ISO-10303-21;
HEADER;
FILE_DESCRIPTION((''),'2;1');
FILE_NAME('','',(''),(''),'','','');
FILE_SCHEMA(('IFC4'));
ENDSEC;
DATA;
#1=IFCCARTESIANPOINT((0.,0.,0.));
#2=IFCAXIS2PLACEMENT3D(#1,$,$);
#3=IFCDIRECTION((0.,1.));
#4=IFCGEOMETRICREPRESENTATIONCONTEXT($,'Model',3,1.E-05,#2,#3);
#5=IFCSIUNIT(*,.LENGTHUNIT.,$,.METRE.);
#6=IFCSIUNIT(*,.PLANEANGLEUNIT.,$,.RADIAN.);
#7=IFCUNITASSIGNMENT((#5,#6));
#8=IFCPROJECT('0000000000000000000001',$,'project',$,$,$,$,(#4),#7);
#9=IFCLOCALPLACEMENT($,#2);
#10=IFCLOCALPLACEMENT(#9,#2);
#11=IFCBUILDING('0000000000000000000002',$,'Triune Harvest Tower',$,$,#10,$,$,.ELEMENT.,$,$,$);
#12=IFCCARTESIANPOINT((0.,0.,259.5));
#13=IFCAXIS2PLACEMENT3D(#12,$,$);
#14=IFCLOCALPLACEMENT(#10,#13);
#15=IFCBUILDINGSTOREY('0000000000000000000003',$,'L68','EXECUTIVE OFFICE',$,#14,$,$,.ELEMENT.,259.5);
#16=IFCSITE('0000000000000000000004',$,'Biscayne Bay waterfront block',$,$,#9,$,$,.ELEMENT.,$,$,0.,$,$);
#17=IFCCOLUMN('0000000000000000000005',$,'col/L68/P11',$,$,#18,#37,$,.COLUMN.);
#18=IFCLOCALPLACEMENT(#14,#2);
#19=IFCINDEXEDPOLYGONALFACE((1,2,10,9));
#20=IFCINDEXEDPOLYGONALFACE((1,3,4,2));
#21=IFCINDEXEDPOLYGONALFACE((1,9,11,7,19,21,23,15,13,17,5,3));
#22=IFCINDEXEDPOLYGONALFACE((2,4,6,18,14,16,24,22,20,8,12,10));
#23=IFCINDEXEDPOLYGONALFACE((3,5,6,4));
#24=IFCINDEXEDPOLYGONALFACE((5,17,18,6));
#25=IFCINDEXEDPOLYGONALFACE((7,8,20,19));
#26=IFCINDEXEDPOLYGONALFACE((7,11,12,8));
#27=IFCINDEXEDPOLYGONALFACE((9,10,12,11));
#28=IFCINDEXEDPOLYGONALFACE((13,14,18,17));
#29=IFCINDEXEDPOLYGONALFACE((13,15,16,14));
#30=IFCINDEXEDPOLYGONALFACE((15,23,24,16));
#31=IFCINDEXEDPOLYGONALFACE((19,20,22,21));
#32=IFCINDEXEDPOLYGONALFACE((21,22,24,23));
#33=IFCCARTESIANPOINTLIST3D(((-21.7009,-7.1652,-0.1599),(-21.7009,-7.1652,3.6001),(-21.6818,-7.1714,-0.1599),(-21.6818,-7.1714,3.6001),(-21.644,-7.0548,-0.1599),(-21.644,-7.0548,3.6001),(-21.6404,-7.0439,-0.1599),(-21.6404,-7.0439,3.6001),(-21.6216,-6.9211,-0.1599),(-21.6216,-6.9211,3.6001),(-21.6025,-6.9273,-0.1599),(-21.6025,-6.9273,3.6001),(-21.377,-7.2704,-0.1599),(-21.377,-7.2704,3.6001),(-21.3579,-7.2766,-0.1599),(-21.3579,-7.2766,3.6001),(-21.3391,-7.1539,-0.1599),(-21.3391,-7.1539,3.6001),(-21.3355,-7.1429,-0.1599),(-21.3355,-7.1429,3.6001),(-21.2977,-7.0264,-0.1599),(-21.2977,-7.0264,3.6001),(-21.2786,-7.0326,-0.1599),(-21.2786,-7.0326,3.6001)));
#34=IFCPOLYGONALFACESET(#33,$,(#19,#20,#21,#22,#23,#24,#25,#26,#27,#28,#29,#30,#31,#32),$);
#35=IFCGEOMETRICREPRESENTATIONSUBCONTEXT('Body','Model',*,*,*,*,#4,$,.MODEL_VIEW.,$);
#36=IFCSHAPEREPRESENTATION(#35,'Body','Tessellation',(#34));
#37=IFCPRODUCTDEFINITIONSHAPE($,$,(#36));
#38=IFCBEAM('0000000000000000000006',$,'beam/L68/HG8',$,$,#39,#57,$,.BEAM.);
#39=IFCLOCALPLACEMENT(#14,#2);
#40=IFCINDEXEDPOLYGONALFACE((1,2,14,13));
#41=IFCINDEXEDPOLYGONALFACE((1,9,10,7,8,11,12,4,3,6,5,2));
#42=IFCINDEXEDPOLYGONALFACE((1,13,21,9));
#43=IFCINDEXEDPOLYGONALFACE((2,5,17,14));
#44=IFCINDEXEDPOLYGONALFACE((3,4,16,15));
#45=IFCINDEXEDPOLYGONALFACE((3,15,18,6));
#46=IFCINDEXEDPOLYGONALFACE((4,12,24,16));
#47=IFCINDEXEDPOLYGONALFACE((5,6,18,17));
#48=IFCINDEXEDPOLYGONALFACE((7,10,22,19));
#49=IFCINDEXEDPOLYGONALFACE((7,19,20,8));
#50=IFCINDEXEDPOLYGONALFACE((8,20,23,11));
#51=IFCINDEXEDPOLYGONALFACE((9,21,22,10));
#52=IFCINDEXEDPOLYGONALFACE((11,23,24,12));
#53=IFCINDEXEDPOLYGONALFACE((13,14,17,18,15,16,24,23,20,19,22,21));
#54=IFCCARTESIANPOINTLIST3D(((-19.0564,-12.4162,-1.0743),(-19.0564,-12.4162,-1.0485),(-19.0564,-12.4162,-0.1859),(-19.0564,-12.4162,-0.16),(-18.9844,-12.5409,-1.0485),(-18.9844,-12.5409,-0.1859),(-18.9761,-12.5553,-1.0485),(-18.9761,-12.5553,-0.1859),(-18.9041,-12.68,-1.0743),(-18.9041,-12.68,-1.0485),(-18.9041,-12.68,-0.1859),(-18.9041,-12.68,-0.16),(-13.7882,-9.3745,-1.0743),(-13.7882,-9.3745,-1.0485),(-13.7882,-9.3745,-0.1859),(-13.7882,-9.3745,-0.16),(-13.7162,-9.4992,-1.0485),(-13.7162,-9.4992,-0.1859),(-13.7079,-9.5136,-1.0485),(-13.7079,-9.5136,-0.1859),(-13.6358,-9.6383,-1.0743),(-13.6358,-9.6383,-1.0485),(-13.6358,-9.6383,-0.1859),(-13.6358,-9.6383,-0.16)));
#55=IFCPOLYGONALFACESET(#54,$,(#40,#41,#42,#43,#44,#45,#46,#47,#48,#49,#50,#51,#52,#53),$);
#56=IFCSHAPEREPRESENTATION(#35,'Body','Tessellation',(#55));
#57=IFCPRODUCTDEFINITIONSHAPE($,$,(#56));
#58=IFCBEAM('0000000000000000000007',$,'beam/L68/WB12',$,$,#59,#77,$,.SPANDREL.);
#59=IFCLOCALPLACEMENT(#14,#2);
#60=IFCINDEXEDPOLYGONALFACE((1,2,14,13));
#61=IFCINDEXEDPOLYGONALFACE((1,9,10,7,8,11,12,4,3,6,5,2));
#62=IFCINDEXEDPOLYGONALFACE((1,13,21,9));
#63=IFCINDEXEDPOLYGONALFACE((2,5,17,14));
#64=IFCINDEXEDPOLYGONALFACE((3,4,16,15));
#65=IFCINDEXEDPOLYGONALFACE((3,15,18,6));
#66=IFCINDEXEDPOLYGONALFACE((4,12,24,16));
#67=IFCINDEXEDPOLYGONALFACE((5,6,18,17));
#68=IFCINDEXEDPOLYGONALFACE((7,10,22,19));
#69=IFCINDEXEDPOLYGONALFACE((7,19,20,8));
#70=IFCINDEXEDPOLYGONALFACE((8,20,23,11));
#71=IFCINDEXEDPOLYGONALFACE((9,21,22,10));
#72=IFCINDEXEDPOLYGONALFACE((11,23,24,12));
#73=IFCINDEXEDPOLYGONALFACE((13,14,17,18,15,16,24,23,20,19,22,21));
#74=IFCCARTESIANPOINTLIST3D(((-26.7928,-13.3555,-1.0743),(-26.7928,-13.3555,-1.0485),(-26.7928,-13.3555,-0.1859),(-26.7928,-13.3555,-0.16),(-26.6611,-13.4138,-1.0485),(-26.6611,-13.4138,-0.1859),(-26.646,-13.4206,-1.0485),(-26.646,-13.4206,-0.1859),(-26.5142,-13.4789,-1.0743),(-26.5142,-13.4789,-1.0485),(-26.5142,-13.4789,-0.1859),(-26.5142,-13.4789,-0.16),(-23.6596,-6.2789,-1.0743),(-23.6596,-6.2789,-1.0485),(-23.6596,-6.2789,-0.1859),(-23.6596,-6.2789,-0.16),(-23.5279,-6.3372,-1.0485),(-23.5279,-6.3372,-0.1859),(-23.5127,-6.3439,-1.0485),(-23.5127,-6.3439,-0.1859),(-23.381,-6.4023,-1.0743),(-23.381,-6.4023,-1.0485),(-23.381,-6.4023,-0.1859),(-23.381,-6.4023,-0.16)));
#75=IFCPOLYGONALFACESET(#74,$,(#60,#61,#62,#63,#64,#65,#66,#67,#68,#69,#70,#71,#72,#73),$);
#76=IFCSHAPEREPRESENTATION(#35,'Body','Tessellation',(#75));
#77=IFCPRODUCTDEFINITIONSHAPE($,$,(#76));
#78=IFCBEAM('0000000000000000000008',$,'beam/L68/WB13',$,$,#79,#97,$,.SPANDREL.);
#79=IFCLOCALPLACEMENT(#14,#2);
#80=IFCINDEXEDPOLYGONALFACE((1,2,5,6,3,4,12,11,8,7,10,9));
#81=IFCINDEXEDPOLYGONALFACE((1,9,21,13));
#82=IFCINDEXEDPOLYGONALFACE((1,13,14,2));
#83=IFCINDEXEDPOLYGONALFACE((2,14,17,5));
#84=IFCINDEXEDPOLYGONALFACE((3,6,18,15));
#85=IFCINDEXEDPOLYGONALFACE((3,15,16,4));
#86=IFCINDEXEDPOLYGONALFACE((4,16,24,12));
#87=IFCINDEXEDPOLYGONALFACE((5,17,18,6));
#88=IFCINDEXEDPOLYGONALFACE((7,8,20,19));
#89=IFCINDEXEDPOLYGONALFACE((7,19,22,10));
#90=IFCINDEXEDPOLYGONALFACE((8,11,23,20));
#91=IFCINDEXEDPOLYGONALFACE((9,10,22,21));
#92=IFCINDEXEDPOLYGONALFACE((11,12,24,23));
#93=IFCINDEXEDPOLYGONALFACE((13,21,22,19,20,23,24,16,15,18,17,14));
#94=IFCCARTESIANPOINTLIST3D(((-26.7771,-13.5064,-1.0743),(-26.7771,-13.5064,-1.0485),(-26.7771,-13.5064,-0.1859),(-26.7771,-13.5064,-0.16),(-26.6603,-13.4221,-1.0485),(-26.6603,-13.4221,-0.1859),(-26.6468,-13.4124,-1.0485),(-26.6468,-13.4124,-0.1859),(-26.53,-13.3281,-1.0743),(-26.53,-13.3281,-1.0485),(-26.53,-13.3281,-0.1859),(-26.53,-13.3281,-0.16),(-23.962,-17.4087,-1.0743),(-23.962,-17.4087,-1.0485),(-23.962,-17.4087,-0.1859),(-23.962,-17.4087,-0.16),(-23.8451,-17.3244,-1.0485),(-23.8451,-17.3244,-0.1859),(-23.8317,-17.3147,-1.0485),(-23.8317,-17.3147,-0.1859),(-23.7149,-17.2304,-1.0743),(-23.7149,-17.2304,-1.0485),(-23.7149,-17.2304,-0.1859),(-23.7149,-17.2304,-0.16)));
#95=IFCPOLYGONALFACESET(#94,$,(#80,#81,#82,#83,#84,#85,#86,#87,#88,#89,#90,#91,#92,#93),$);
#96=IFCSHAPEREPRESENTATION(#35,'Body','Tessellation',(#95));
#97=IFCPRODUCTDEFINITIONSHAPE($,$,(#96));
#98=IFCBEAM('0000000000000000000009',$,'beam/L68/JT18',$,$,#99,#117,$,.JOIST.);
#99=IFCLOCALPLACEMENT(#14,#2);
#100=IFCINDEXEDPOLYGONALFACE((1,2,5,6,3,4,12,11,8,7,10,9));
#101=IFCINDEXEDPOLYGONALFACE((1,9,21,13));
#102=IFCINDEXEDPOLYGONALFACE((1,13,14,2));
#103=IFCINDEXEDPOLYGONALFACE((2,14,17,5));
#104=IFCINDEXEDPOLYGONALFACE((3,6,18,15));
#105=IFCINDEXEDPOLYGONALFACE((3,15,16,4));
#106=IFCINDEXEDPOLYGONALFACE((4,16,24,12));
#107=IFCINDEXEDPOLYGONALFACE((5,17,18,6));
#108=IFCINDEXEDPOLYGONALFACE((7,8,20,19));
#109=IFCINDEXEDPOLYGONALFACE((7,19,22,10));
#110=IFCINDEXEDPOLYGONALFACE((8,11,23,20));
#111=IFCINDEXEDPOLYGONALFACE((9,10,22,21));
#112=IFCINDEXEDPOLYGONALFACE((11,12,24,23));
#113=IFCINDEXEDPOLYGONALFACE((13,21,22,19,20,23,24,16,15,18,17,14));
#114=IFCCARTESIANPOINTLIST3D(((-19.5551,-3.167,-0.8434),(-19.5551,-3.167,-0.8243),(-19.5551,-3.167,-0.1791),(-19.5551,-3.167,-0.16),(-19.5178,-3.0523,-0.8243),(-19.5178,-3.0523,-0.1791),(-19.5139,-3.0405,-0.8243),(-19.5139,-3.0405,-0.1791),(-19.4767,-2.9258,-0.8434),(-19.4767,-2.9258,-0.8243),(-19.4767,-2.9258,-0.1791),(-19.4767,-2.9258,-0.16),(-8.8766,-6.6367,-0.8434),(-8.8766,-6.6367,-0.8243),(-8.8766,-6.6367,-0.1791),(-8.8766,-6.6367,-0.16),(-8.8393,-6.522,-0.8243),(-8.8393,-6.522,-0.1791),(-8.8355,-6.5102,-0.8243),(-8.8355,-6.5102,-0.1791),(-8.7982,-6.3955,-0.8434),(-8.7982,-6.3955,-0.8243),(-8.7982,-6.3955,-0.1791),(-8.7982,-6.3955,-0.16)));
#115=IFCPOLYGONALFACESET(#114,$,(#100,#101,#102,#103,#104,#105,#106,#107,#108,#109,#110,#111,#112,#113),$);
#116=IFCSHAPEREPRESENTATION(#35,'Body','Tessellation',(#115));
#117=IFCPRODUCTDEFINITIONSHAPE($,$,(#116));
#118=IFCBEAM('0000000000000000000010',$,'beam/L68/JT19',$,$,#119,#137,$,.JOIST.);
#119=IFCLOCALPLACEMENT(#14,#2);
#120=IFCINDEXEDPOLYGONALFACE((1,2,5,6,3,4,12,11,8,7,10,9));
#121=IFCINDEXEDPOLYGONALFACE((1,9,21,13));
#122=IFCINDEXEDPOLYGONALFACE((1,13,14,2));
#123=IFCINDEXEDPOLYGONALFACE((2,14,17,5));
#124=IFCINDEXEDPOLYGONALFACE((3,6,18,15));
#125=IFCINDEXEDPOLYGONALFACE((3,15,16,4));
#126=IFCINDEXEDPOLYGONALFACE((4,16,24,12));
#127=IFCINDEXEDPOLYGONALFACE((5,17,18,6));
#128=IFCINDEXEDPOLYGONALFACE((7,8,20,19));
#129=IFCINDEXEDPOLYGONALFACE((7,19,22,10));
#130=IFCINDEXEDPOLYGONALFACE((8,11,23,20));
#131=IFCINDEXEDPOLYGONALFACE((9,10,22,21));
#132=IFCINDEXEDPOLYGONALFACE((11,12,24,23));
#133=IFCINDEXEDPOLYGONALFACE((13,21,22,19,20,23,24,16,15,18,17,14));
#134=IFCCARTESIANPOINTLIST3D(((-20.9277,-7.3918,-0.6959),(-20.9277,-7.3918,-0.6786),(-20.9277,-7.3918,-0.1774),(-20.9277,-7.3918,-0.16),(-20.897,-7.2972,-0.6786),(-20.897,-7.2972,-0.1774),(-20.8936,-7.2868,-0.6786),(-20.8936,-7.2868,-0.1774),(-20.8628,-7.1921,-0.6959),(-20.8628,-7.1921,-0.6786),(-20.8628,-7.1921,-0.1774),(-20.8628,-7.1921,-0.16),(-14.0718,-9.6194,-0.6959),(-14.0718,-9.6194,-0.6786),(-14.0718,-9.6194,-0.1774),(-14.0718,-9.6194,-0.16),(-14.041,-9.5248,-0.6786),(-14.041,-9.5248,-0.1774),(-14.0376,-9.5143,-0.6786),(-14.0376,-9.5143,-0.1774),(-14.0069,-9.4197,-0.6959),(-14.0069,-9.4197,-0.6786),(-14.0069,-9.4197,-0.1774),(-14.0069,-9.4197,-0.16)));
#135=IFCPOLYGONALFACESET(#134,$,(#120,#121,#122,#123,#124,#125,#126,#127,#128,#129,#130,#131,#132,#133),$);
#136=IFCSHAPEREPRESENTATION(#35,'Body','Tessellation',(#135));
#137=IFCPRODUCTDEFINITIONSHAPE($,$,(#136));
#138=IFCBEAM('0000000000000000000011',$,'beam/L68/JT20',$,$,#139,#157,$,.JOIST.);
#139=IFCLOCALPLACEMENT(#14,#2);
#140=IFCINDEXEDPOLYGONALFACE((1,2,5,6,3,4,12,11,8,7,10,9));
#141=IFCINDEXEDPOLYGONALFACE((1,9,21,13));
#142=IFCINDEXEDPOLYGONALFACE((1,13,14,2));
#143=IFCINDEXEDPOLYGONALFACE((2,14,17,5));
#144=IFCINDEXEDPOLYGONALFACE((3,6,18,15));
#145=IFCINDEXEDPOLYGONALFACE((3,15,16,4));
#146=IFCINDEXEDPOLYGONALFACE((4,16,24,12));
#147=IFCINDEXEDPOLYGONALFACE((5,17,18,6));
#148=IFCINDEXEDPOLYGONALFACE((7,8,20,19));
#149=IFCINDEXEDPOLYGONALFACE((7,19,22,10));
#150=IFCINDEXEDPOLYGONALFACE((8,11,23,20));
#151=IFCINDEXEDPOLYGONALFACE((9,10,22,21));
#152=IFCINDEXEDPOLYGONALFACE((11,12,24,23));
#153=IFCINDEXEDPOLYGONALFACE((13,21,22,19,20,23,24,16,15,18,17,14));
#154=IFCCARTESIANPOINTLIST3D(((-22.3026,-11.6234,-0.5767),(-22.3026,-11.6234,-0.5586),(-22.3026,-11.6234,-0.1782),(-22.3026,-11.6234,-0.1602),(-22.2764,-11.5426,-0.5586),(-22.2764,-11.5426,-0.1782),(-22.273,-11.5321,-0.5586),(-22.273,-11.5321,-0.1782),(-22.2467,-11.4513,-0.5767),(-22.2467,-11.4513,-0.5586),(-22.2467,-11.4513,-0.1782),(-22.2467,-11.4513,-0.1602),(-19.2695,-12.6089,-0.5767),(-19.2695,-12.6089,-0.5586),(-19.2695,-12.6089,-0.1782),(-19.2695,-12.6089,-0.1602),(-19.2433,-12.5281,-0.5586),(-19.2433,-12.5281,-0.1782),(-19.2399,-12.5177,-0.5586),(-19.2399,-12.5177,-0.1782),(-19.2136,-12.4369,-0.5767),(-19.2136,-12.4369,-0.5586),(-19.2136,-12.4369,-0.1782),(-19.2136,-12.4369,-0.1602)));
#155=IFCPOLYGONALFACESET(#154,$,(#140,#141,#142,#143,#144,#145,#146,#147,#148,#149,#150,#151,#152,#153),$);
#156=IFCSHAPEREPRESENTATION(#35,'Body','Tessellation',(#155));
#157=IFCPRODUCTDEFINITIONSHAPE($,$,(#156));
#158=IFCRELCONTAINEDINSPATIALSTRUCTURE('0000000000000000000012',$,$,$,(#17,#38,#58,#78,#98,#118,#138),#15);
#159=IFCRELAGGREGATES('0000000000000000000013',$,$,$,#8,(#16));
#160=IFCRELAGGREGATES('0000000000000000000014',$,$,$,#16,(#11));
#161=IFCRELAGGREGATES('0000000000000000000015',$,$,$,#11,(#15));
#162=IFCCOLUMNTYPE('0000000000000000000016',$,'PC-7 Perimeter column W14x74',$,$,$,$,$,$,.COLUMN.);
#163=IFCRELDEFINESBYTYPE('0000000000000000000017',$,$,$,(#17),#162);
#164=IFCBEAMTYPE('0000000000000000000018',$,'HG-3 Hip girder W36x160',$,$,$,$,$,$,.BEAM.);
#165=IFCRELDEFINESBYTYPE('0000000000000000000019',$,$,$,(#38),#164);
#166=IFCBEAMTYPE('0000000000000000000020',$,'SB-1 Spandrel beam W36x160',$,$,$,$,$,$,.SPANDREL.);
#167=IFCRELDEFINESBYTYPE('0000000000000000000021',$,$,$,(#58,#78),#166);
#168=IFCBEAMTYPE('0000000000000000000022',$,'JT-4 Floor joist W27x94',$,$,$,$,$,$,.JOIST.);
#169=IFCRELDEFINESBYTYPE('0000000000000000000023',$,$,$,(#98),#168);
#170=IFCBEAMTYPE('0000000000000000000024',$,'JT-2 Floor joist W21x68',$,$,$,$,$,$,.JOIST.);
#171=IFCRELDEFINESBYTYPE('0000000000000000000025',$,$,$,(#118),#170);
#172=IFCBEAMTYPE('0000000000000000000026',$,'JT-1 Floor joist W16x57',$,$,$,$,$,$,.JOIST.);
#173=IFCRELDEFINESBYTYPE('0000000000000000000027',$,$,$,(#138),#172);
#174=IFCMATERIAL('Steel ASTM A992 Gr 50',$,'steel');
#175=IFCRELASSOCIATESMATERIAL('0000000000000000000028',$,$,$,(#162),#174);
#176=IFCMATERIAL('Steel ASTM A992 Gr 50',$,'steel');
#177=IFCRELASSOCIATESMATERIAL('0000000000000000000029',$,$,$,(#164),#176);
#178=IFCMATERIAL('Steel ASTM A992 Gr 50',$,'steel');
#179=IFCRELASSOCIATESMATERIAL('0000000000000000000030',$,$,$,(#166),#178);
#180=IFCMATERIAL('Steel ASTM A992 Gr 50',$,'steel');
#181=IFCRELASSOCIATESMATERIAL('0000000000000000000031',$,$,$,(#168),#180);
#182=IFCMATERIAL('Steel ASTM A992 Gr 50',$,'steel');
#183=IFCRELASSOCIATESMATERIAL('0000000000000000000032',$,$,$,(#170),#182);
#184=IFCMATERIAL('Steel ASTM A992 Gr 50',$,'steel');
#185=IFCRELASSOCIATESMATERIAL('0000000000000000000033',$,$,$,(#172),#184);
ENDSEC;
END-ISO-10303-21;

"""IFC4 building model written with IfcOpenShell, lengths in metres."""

from ifc_helpers import new_model, si_unit, direction, frame, origin, origin_2d, place, context, subcontext, project, spatial, i_section, extrude, source, transform, mapped, material, material_profile, profile_set, type_object, element, save


model = new_model("IFC4")

# Units and contexts
model_context = context("Model", 3, precision=1e-05, world=origin(), true_north=direction((0.0, 1.0)))
body_context = subcontext(model_context, "Body", "Model", "MODEL_VIEW")
ifc_project = project(units=[si_unit("LENGTHUNIT", "METRE"), si_unit("PLANEANGLEUNIT", "RADIAN")], contexts=[model_context])

# Site, building, storey
site_placement = place(None, origin())
site = spatial("IfcSite", under=ifc_project, at=site_placement, Name="Biscayne Bay waterfront block", CompositionType="ELEMENT", RefElevation=0.0)
building_placement = place(site_placement, origin())
building = spatial("IfcBuilding", under=site, at=building_placement, Name="Triune Harvest Tower", CompositionType="ELEMENT")
storey_placement = place(building_placement, frame((0.0, 0.0, 259.5)))
storey = spatial("IfcBuildingStorey", under=building, at=storey_placement, Name="L68", Description="EXECUTIVE OFFICE", CompositionType="ELEMENT", Elevation=259.5)

# Column
ifc_material_1 = material(Name="Steel ASTM A992 Gr 50", Category="steel")
ifc_material_profile_1 = material_profile(ifc_material_1, i_section(OverallWidth=0.2566, OverallDepth=0.3606, WebThickness=0.0115, FlangeThickness=0.02, at=origin_2d()), Name="W14x74")
ifc_profile_set_1 = profile_set([ifc_material_profile_1], Name="Steel ASTM A992 Gr 50")
column_type = type_object("IfcColumnType", Name="PC-7 Perimeter column W14x74", PredefinedType="COLUMN", material=ifc_profile_set_1)
shared_shape_1 = source(origin(), body_context, "Body", "SweptSolid", [
    extrude(i_section(OverallWidth=0.2566, OverallDepth=0.3606, WebThickness=0.0115, FlangeThickness=0.02, at=origin_2d()), origin(), (0.0, 0.0, 1.0), 3.76),
])
column_placement = place(storey_placement, frame((-21.4897, -7.0989, -0.1599), z_axis=(0.0, 0.0, 1.0), x_axis=(-0.309015, -0.951057, 0.0)))
element("IfcColumn", 1, at=column_placement, inside=storey, type_object=column_type, Name="col/L68/P11", PredefinedType="COLUMN", context=body_context, shape_type="MappedRepresentation", body=[
    mapped(shared_shape_1, transform((0.0, 0.0, 0.0), scale=1.0)),
])

# Beams
ifc_material_2 = material(Name="Steel ASTM A992 Gr 50", Category="steel")
ifc_material_profile_2 = material_profile(ifc_material_2, i_section(OverallWidth=0.3047, OverallDepth=0.9143, WebThickness=0.0166, FlangeThickness=0.0259, at=origin_2d()), Name="W36x160")
ifc_profile_set_2 = profile_set([ifc_material_profile_2], Name="Steel ASTM A992 Gr 50")
beam_type_1 = type_object("IfcBeamType", Name="HG-3 Hip girder W36x160", PredefinedType="BEAM", material=ifc_profile_set_2)
beam_1_placement = place(storey_placement, frame((-18.9802, -12.5481, -0.6172), z_axis=(0.866019, 0.500011, 0.0), x_axis=(-0.500011, 0.866019, 0.0)))
element("IfcBeam", 2, at=beam_1_placement, inside=storey, type_object=beam_type_1, Name="beam/L68/HG8", PredefinedType="BEAM", context=body_context, shape_type="SweptSolid", body=[
    extrude(i_section(OverallWidth=0.3047, OverallDepth=0.9143, WebThickness=0.0166, FlangeThickness=0.0259, at=origin_2d()), origin(), (0.0, 0.0, 1.0), 6.0833),
])
ifc_material_3 = material(Name="Steel ASTM A992 Gr 50", Category="steel")
ifc_material_profile_3 = material_profile(ifc_material_3, i_section(OverallWidth=0.3047, OverallDepth=0.9143, WebThickness=0.0166, FlangeThickness=0.0259, at=origin_2d()), Name="W36x160")
ifc_profile_set_3 = profile_set([ifc_material_profile_3], Name="Steel ASTM A992 Gr 50")
beam_type_2 = type_object("IfcBeamType", Name="SB-1 Spandrel beam W36x160", PredefinedType="SPANDREL", material=ifc_profile_set_3)
shared_shape_2 = source(origin(), body_context, "Body", "SweptSolid", [
    extrude(i_section(OverallWidth=0.3047, OverallDepth=0.9143, WebThickness=0.0166, FlangeThickness=0.0259, at=origin_2d()), origin(), (0.0, 0.0, 1.0), 7.7393),
])
beam_2_placement = place(storey_placement, frame((-23.5203, -6.3406, -0.6172), z_axis=(-0.404856, -0.91438, 0.0), x_axis=(0.91438, -0.404856, 0.0)))
element("IfcBeam", 3, at=beam_2_placement, inside=storey, type_object=beam_type_2, Name="beam/L68/WB12", PredefinedType="SPANDREL", context=body_context, shape_type="MappedRepresentation", body=[
    mapped(shared_shape_2, transform((0.0, 0.0, 0.0), scale=1.0)),
])
shared_shape_3 = source(origin(), body_context, "Body", "SweptSolid", [
    extrude(i_section(OverallWidth=0.3047, OverallDepth=0.9143, WebThickness=0.0166, FlangeThickness=0.0259, at=origin_2d()), origin(), (0.0, 0.0, 1.0), 4.8118),
])
beam_3_placement = place(storey_placement, frame((-26.6536, -13.4172, -0.6172), z_axis=(0.585057, -0.810992, 0.0), x_axis=(0.810992, 0.585057, 0.0)))
element("IfcBeam", 4, at=beam_3_placement, inside=storey, type_object=beam_type_2, Name="beam/L68/WB13", PredefinedType="SPANDREL", context=body_context, shape_type="MappedRepresentation", body=[
    mapped(shared_shape_3, transform((0.0, 0.0, 0.0), scale=1.0)),
])
ifc_material_4 = material(Name="Steel ASTM A992 Gr 50", Category="steel")
ifc_material_profile_4 = material_profile(ifc_material_4, i_section(OverallWidth=0.2537, OverallDepth=0.6833, WebThickness=0.0125, FlangeThickness=0.019, at=origin_2d()), Name="W27x94")
ifc_profile_set_4 = profile_set([ifc_material_profile_4], Name="Steel ASTM A992 Gr 50")
beam_type_3 = type_object("IfcBeamType", Name="JT-4 Floor joist W27x94", PredefinedType="JOIST", material=ifc_profile_set_4)
shared_shape_4 = source(origin(), body_context, "Body", "SweptSolid", [
    extrude(i_section(OverallWidth=0.2537, OverallDepth=0.6833, WebThickness=0.0125, FlangeThickness=0.019, at=origin_2d()), origin(), (0.0, 0.0, 1.0), 11.228),
])
beam_4_placement = place(storey_placement, frame((-19.5159, -3.0464, -0.5017), z_axis=(0.951054, -0.309024, 0.0), x_axis=(0.309024, 0.951054, 0.0)))
element("IfcBeam", 5, at=beam_4_placement, inside=storey, type_object=beam_type_3, Name="beam/L68/JT18", PredefinedType="JOIST", context=body_context, shape_type="MappedRepresentation", body=[
    mapped(shared_shape_4, transform((0.0, 0.0, 0.0), scale=1.0)),
])
ifc_material_5 = material(Name="Steel ASTM A992 Gr 50", Category="steel")
ifc_material_profile_5 = material_profile(ifc_material_5, i_section(OverallWidth=0.21, OverallDepth=0.5359, WebThickness=0.011, FlangeThickness=0.0173, at=origin_2d()), Name="W21x68")
ifc_profile_set_5 = profile_set([ifc_material_profile_5], Name="Steel ASTM A992 Gr 50")
beam_type_4 = type_object("IfcBeamType", Name="JT-2 Floor joist W21x68", PredefinedType="JOIST", material=ifc_profile_set_5)
shared_shape_5 = source(origin(), body_context, "Body", "SweptSolid", [
    extrude(i_section(OverallWidth=0.21, OverallDepth=0.5359, WebThickness=0.011, FlangeThickness=0.0173, at=origin_2d()), origin(), (0.0, 0.0, 1.0), 7.2087),
])
beam_5_placement = place(storey_placement, frame((-20.8953, -7.292, -0.428), z_axis=(0.95106, -0.309005, 0.0), x_axis=(0.309005, 0.95106, 0.0)))
element("IfcBeam", 6, at=beam_5_placement, inside=storey, type_object=beam_type_4, Name="beam/L68/JT19", PredefinedType="JOIST", context=body_context, shape_type="MappedRepresentation", body=[
    mapped(shared_shape_5, transform((0.0, 0.0, 0.0), scale=1.0)),
])
ifc_material_6 = material(Name="Steel ASTM A992 Gr 50", Category="steel")
ifc_material_profile_6 = material_profile(ifc_material_6, i_section(OverallWidth=0.1809, OverallDepth=0.4165, WebThickness=0.011, FlangeThickness=0.0181, at=origin_2d()), Name="W16x57")
ifc_profile_set_6 = profile_set([ifc_material_profile_6], Name="Steel ASTM A992 Gr 50")
beam_type_5 = type_object("IfcBeamType", Name="JT-1 Floor joist W16x57", PredefinedType="JOIST", material=ifc_profile_set_6)
shared_shape_6 = source(origin(), body_context, "Body", "SweptSolid", [
    extrude(i_section(OverallWidth=0.1809, OverallDepth=0.4165, WebThickness=0.011, FlangeThickness=0.0181, at=origin_2d()), origin(), (0.0, 0.0, 1.0), 3.1892),
])
beam_6_placement = place(storey_placement, frame((-22.2747, -11.5374, -0.3684), z_axis=(0.951052, -0.309031, 0.0), x_axis=(0.309031, 0.951052, 0.0)))
element("IfcBeam", 7, at=beam_6_placement, inside=storey, type_object=beam_type_5, Name="beam/L68/JT20", PredefinedType="JOIST", context=body_context, shape_type="MappedRepresentation", body=[
    mapped(shared_shape_6, transform((0.0, 0.0, 0.0), scale=1.0)),
])

save(model, "model.ifc")
